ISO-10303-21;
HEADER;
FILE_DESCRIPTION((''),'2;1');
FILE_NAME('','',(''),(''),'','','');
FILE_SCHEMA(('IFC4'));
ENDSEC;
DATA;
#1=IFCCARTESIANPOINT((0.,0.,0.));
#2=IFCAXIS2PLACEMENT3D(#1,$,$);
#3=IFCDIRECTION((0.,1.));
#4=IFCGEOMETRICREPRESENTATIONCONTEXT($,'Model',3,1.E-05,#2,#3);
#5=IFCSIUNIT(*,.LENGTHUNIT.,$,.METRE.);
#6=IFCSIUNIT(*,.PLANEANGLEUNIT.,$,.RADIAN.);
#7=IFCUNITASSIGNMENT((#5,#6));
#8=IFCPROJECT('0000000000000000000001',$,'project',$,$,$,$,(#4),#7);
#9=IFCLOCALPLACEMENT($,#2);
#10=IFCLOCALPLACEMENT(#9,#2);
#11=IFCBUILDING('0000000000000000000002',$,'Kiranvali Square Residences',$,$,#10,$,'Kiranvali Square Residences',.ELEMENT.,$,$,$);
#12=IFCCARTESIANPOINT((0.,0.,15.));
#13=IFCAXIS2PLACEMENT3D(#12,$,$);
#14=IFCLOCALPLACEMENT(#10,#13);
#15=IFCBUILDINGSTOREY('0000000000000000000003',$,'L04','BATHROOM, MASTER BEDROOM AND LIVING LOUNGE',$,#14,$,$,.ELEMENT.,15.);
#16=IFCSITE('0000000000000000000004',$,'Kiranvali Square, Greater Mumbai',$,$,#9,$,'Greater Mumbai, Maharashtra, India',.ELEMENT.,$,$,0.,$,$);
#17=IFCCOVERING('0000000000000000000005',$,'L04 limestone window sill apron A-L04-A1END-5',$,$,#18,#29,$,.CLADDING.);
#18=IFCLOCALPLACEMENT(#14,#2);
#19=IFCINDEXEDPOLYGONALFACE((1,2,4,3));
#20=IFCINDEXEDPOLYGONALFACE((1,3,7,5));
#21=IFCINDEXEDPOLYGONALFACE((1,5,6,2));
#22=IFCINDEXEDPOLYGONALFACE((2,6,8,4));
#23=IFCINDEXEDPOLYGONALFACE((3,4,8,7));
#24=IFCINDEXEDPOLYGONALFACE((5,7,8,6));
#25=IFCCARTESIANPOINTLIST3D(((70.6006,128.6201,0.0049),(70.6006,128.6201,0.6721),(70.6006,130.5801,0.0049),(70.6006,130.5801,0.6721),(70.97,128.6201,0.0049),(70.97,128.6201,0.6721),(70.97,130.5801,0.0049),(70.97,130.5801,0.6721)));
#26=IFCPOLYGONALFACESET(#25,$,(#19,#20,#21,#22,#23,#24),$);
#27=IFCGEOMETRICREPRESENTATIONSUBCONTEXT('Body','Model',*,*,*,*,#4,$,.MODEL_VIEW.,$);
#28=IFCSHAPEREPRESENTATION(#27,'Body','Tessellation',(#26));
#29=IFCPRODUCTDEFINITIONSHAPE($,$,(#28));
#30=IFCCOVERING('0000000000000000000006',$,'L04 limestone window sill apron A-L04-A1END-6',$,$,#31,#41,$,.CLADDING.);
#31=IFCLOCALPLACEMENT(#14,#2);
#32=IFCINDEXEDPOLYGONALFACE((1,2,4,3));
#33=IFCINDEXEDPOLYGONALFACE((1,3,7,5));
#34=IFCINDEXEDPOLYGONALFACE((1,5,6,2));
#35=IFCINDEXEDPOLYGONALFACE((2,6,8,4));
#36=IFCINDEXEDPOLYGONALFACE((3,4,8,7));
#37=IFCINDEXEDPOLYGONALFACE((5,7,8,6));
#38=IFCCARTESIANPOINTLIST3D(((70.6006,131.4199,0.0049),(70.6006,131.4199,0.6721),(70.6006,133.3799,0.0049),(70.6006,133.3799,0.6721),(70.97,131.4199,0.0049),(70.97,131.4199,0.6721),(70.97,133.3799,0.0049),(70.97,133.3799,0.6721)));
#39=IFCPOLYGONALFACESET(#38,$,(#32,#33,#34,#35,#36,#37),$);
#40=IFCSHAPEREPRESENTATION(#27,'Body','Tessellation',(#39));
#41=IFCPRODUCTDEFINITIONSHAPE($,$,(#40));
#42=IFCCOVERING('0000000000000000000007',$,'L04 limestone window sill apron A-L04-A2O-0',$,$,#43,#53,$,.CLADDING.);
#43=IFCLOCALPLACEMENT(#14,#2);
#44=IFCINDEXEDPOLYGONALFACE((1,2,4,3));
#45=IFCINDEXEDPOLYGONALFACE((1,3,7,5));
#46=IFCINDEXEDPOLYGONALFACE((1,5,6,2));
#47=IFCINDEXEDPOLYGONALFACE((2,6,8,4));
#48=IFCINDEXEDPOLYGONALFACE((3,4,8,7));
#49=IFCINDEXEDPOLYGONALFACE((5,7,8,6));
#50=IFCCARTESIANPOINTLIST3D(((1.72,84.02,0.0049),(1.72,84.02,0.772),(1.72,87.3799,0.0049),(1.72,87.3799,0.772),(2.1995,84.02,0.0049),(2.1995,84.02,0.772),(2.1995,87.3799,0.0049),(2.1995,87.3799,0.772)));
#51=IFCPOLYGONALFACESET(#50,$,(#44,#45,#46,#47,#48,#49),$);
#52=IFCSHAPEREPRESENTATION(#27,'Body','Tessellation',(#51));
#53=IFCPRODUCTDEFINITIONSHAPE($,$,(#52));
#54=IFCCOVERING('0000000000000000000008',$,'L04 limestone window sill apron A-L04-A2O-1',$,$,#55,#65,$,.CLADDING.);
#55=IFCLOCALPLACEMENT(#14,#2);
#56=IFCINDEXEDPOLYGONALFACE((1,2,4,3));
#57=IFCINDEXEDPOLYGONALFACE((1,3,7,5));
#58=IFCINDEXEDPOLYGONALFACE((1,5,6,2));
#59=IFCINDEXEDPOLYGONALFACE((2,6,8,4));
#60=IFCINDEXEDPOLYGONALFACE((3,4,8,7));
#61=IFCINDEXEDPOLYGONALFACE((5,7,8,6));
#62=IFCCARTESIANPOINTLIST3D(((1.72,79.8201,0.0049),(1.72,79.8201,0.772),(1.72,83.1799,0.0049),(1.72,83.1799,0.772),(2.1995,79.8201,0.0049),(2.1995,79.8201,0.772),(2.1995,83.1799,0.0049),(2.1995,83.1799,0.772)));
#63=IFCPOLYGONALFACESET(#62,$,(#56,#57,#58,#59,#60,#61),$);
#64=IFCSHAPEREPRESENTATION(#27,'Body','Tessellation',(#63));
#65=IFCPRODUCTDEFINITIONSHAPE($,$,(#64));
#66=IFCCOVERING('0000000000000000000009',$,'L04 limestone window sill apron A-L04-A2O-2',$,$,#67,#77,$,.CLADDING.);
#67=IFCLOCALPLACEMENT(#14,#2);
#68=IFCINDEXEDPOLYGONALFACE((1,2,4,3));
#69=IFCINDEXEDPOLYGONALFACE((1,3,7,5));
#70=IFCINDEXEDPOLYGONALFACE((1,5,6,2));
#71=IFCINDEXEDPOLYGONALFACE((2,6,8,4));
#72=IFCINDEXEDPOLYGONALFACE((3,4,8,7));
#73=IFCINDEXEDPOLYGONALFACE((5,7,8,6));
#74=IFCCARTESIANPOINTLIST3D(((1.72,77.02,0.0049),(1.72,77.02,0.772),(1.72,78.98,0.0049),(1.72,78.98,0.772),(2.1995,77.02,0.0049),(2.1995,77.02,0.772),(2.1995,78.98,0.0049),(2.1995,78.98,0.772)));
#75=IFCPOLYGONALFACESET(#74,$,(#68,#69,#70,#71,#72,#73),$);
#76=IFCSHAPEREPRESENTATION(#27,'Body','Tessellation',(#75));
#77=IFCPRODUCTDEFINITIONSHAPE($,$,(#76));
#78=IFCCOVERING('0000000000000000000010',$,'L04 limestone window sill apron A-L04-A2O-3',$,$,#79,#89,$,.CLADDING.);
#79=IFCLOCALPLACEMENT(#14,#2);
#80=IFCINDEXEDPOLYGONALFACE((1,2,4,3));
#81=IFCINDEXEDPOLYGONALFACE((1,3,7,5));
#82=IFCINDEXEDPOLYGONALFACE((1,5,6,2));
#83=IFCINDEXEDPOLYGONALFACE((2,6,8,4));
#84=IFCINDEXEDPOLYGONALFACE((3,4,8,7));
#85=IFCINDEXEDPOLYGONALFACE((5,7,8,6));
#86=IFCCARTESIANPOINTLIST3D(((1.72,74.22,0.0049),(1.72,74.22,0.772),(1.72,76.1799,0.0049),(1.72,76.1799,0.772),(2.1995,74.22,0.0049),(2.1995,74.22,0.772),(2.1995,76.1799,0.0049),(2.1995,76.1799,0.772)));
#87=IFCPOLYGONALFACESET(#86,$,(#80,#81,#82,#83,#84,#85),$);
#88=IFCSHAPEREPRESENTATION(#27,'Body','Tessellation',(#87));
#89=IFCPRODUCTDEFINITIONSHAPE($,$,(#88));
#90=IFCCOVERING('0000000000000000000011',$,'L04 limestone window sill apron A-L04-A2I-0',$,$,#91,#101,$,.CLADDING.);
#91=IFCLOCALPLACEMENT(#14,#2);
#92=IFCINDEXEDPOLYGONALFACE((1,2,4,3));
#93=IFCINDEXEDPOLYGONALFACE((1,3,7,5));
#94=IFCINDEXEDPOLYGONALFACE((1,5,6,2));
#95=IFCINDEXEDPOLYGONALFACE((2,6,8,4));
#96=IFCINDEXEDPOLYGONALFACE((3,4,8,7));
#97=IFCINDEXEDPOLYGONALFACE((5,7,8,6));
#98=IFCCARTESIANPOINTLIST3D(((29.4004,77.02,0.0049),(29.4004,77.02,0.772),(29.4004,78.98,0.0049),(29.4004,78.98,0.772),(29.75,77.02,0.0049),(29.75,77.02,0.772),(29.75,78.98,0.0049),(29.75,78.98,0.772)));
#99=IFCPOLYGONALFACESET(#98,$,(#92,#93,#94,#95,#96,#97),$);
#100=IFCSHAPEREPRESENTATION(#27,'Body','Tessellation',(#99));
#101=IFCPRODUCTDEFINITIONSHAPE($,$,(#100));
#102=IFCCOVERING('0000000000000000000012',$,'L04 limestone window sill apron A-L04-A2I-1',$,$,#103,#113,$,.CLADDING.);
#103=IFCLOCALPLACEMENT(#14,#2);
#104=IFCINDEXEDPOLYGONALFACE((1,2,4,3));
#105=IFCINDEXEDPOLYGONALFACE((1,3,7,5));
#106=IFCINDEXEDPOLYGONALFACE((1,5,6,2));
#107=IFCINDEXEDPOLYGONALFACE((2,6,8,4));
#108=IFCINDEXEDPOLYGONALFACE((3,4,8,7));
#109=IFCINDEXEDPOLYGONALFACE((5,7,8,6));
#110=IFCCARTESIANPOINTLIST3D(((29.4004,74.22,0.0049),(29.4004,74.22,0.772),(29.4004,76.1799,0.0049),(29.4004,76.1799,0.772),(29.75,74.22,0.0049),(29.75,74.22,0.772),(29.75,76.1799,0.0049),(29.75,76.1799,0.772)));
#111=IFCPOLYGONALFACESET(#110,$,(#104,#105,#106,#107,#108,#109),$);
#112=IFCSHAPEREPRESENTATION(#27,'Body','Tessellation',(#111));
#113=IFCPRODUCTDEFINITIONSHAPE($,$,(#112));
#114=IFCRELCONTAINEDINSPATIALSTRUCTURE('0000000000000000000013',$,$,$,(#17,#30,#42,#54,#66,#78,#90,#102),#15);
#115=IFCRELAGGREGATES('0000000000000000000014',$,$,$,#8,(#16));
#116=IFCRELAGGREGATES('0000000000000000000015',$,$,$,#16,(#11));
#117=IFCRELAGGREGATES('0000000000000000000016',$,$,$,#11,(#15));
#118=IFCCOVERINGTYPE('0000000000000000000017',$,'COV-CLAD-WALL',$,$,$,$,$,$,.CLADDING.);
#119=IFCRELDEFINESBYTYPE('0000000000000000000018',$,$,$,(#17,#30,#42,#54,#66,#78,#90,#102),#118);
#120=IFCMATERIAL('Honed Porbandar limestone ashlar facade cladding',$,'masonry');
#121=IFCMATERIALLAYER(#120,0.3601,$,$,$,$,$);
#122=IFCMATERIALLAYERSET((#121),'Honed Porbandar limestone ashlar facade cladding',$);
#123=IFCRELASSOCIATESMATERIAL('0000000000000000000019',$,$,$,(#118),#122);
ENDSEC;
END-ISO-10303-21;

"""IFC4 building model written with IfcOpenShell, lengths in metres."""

from ifc_helpers import new_model, si_unit, direction, frame, origin, place, context, subcontext, project, spatial, polyline, outline, extrude, material, layer, layer_set, type_object, element, save


model = new_model("IFC4")

# Units and contexts
model_context = context("Model", 3, precision=1e-05, world=origin(), true_north=direction((0.0, 1.0)))
body_context = subcontext(model_context, "Body", "Model", "MODEL_VIEW")
ifc_project = project(units=[si_unit("LENGTHUNIT", "METRE"), si_unit("PLANEANGLEUNIT", "RADIAN")], contexts=[model_context])

# Site, building, storey
site_placement = place(None, origin())
site = spatial("IfcSite", under=ifc_project, at=site_placement, Name="Kiranvali Square, Greater Mumbai", LongName="Greater Mumbai, Maharashtra, India", CompositionType="ELEMENT", RefElevation=0.0)
building_placement = place(site_placement, origin())
building = spatial("IfcBuilding", under=site, at=building_placement, Name="Kiranvali Square Residences", LongName="Kiranvali Square Residences", CompositionType="ELEMENT")
storey_placement = place(building_placement, frame((0.0, 0.0, 15.0)))
storey = spatial("IfcBuildingStorey", under=building, at=storey_placement, Name="L04", Description="BATHROOM, MASTER BEDROOM AND LIVING LOUNGE", CompositionType="ELEMENT", Elevation=15.0)

# Coverings
ifc_material = material(Name="Honed Porbandar limestone ashlar facade cladding", Category="masonry")
ifc_layer_1 = layer(ifc_material, 0.3601)
ifc_layer_set_1 = layer_set([ifc_layer_1], Name="Honed Porbandar limestone ashlar facade cladding")
covering_type_1 = type_object("IfcCoveringType", Name="COV-CLAD-WALL", PredefinedType="CLADDING", material=ifc_layer_set_1)
covering_1_placement = place(storey_placement, frame((0.0, 0.0, 0.0049)))
element("IfcCovering", 1, at=covering_1_placement, inside=storey, type_object=covering_type_1, Name="L04 limestone window sill apron A-L04-A1END-5", PredefinedType="CLADDING", context=body_context, shape_type="SweptSolid", body=[
    extrude(outline(polyline([(70.97, 128.6201), (70.97, 130.5801), (70.6006, 130.5801), (70.6006, 128.6201), (70.97, 128.6201)])), origin(), (0.0, 0.0, 1.0), 0.6672),
])
covering_2_placement = place(storey_placement, frame((0.0, 0.0, 0.0049)))
element("IfcCovering", 2, at=covering_2_placement, inside=storey, type_object=covering_type_1, Name="L04 limestone window sill apron A-L04-A1END-6", PredefinedType="CLADDING", context=body_context, shape_type="SweptSolid", body=[
    extrude(outline(polyline([(70.97, 131.4199), (70.97, 133.3799), (70.6006, 133.3799), (70.6006, 131.4199), (70.97, 131.4199)])), origin(), (0.0, 0.0, 1.0), 0.6672),
])
covering_3_placement = place(storey_placement, frame((0.0, 0.0, 0.0049)))
element("IfcCovering", 3, at=covering_3_placement, inside=storey, type_object=covering_type_1, Name="L04 limestone window sill apron A-L04-A2O-0", PredefinedType="CLADDING", context=body_context, shape_type="SweptSolid", body=[
    extrude(outline(polyline([(1.72, 87.3799), (1.72, 84.02), (2.1995, 84.02), (2.1995, 87.3799), (1.72, 87.3799)])), origin(), (0.0, 0.0, 1.0), 0.7671),
])
covering_4_placement = place(storey_placement, frame((0.0, 0.0, 0.0049)))
element("IfcCovering", 4, at=covering_4_placement, inside=storey, type_object=covering_type_1, Name="L04 limestone window sill apron A-L04-A2O-1", PredefinedType="CLADDING", context=body_context, shape_type="SweptSolid", body=[
    extrude(outline(polyline([(1.72, 83.1799), (1.72, 79.8201), (2.1995, 79.8201), (2.1995, 83.1799), (1.72, 83.1799)])), origin(), (0.0, 0.0, 1.0), 0.7671),
])
covering_5_placement = place(storey_placement, frame((0.0, 0.0, 0.0049)))
element("IfcCovering", 5, at=covering_5_placement, inside=storey, type_object=covering_type_1, Name="L04 limestone window sill apron A-L04-A2O-2", PredefinedType="CLADDING", context=body_context, shape_type="SweptSolid", body=[
    extrude(outline(polyline([(1.72, 78.98), (1.72, 77.02), (2.1995, 77.02), (2.1995, 78.98), (1.72, 78.98)])), origin(), (0.0, 0.0, 1.0), 0.7671),
])
covering_6_placement = place(storey_placement, frame((0.0, 0.0, 0.0049)))
element("IfcCovering", 6, at=covering_6_placement, inside=storey, type_object=covering_type_1, Name="L04 limestone window sill apron A-L04-A2O-3", PredefinedType="CLADDING", context=body_context, shape_type="SweptSolid", body=[
    extrude(outline(polyline([(1.72, 76.1799), (1.72, 74.22), (2.1995, 74.22), (2.1995, 76.1799), (1.72, 76.1799)])), origin(), (0.0, 0.0, 1.0), 0.7671),
])
covering_7_placement = place(storey_placement, frame((0.0, 0.0, 0.0049)))
element("IfcCovering", 7, at=covering_7_placement, inside=storey, type_object=covering_type_1, Name="L04 limestone window sill apron A-L04-A2I-0", PredefinedType="CLADDING", context=body_context, shape_type="SweptSolid", body=[
    extrude(outline(polyline([(29.4004, 78.98), (29.4004, 77.02), (29.75, 77.02), (29.75, 78.98), (29.4004, 78.98)])), origin(), (0.0, 0.0, 1.0), 0.7671),
])
covering_8_placement = place(storey_placement, frame((0.0, 0.0, 0.0049)))
element("IfcCovering", 8, at=covering_8_placement, inside=storey, type_object=covering_type_1, Name="L04 limestone window sill apron A-L04-A2I-1", PredefinedType="CLADDING", context=body_context, shape_type="SweptSolid", body=[
    extrude(outline(polyline([(29.4004, 76.1799), (29.4004, 74.22), (29.75, 74.22), (29.75, 76.1799), (29.4004, 76.1799)])), origin(), (0.0, 0.0, 1.0), 0.7671),
])

save(model, "model.ifc")
